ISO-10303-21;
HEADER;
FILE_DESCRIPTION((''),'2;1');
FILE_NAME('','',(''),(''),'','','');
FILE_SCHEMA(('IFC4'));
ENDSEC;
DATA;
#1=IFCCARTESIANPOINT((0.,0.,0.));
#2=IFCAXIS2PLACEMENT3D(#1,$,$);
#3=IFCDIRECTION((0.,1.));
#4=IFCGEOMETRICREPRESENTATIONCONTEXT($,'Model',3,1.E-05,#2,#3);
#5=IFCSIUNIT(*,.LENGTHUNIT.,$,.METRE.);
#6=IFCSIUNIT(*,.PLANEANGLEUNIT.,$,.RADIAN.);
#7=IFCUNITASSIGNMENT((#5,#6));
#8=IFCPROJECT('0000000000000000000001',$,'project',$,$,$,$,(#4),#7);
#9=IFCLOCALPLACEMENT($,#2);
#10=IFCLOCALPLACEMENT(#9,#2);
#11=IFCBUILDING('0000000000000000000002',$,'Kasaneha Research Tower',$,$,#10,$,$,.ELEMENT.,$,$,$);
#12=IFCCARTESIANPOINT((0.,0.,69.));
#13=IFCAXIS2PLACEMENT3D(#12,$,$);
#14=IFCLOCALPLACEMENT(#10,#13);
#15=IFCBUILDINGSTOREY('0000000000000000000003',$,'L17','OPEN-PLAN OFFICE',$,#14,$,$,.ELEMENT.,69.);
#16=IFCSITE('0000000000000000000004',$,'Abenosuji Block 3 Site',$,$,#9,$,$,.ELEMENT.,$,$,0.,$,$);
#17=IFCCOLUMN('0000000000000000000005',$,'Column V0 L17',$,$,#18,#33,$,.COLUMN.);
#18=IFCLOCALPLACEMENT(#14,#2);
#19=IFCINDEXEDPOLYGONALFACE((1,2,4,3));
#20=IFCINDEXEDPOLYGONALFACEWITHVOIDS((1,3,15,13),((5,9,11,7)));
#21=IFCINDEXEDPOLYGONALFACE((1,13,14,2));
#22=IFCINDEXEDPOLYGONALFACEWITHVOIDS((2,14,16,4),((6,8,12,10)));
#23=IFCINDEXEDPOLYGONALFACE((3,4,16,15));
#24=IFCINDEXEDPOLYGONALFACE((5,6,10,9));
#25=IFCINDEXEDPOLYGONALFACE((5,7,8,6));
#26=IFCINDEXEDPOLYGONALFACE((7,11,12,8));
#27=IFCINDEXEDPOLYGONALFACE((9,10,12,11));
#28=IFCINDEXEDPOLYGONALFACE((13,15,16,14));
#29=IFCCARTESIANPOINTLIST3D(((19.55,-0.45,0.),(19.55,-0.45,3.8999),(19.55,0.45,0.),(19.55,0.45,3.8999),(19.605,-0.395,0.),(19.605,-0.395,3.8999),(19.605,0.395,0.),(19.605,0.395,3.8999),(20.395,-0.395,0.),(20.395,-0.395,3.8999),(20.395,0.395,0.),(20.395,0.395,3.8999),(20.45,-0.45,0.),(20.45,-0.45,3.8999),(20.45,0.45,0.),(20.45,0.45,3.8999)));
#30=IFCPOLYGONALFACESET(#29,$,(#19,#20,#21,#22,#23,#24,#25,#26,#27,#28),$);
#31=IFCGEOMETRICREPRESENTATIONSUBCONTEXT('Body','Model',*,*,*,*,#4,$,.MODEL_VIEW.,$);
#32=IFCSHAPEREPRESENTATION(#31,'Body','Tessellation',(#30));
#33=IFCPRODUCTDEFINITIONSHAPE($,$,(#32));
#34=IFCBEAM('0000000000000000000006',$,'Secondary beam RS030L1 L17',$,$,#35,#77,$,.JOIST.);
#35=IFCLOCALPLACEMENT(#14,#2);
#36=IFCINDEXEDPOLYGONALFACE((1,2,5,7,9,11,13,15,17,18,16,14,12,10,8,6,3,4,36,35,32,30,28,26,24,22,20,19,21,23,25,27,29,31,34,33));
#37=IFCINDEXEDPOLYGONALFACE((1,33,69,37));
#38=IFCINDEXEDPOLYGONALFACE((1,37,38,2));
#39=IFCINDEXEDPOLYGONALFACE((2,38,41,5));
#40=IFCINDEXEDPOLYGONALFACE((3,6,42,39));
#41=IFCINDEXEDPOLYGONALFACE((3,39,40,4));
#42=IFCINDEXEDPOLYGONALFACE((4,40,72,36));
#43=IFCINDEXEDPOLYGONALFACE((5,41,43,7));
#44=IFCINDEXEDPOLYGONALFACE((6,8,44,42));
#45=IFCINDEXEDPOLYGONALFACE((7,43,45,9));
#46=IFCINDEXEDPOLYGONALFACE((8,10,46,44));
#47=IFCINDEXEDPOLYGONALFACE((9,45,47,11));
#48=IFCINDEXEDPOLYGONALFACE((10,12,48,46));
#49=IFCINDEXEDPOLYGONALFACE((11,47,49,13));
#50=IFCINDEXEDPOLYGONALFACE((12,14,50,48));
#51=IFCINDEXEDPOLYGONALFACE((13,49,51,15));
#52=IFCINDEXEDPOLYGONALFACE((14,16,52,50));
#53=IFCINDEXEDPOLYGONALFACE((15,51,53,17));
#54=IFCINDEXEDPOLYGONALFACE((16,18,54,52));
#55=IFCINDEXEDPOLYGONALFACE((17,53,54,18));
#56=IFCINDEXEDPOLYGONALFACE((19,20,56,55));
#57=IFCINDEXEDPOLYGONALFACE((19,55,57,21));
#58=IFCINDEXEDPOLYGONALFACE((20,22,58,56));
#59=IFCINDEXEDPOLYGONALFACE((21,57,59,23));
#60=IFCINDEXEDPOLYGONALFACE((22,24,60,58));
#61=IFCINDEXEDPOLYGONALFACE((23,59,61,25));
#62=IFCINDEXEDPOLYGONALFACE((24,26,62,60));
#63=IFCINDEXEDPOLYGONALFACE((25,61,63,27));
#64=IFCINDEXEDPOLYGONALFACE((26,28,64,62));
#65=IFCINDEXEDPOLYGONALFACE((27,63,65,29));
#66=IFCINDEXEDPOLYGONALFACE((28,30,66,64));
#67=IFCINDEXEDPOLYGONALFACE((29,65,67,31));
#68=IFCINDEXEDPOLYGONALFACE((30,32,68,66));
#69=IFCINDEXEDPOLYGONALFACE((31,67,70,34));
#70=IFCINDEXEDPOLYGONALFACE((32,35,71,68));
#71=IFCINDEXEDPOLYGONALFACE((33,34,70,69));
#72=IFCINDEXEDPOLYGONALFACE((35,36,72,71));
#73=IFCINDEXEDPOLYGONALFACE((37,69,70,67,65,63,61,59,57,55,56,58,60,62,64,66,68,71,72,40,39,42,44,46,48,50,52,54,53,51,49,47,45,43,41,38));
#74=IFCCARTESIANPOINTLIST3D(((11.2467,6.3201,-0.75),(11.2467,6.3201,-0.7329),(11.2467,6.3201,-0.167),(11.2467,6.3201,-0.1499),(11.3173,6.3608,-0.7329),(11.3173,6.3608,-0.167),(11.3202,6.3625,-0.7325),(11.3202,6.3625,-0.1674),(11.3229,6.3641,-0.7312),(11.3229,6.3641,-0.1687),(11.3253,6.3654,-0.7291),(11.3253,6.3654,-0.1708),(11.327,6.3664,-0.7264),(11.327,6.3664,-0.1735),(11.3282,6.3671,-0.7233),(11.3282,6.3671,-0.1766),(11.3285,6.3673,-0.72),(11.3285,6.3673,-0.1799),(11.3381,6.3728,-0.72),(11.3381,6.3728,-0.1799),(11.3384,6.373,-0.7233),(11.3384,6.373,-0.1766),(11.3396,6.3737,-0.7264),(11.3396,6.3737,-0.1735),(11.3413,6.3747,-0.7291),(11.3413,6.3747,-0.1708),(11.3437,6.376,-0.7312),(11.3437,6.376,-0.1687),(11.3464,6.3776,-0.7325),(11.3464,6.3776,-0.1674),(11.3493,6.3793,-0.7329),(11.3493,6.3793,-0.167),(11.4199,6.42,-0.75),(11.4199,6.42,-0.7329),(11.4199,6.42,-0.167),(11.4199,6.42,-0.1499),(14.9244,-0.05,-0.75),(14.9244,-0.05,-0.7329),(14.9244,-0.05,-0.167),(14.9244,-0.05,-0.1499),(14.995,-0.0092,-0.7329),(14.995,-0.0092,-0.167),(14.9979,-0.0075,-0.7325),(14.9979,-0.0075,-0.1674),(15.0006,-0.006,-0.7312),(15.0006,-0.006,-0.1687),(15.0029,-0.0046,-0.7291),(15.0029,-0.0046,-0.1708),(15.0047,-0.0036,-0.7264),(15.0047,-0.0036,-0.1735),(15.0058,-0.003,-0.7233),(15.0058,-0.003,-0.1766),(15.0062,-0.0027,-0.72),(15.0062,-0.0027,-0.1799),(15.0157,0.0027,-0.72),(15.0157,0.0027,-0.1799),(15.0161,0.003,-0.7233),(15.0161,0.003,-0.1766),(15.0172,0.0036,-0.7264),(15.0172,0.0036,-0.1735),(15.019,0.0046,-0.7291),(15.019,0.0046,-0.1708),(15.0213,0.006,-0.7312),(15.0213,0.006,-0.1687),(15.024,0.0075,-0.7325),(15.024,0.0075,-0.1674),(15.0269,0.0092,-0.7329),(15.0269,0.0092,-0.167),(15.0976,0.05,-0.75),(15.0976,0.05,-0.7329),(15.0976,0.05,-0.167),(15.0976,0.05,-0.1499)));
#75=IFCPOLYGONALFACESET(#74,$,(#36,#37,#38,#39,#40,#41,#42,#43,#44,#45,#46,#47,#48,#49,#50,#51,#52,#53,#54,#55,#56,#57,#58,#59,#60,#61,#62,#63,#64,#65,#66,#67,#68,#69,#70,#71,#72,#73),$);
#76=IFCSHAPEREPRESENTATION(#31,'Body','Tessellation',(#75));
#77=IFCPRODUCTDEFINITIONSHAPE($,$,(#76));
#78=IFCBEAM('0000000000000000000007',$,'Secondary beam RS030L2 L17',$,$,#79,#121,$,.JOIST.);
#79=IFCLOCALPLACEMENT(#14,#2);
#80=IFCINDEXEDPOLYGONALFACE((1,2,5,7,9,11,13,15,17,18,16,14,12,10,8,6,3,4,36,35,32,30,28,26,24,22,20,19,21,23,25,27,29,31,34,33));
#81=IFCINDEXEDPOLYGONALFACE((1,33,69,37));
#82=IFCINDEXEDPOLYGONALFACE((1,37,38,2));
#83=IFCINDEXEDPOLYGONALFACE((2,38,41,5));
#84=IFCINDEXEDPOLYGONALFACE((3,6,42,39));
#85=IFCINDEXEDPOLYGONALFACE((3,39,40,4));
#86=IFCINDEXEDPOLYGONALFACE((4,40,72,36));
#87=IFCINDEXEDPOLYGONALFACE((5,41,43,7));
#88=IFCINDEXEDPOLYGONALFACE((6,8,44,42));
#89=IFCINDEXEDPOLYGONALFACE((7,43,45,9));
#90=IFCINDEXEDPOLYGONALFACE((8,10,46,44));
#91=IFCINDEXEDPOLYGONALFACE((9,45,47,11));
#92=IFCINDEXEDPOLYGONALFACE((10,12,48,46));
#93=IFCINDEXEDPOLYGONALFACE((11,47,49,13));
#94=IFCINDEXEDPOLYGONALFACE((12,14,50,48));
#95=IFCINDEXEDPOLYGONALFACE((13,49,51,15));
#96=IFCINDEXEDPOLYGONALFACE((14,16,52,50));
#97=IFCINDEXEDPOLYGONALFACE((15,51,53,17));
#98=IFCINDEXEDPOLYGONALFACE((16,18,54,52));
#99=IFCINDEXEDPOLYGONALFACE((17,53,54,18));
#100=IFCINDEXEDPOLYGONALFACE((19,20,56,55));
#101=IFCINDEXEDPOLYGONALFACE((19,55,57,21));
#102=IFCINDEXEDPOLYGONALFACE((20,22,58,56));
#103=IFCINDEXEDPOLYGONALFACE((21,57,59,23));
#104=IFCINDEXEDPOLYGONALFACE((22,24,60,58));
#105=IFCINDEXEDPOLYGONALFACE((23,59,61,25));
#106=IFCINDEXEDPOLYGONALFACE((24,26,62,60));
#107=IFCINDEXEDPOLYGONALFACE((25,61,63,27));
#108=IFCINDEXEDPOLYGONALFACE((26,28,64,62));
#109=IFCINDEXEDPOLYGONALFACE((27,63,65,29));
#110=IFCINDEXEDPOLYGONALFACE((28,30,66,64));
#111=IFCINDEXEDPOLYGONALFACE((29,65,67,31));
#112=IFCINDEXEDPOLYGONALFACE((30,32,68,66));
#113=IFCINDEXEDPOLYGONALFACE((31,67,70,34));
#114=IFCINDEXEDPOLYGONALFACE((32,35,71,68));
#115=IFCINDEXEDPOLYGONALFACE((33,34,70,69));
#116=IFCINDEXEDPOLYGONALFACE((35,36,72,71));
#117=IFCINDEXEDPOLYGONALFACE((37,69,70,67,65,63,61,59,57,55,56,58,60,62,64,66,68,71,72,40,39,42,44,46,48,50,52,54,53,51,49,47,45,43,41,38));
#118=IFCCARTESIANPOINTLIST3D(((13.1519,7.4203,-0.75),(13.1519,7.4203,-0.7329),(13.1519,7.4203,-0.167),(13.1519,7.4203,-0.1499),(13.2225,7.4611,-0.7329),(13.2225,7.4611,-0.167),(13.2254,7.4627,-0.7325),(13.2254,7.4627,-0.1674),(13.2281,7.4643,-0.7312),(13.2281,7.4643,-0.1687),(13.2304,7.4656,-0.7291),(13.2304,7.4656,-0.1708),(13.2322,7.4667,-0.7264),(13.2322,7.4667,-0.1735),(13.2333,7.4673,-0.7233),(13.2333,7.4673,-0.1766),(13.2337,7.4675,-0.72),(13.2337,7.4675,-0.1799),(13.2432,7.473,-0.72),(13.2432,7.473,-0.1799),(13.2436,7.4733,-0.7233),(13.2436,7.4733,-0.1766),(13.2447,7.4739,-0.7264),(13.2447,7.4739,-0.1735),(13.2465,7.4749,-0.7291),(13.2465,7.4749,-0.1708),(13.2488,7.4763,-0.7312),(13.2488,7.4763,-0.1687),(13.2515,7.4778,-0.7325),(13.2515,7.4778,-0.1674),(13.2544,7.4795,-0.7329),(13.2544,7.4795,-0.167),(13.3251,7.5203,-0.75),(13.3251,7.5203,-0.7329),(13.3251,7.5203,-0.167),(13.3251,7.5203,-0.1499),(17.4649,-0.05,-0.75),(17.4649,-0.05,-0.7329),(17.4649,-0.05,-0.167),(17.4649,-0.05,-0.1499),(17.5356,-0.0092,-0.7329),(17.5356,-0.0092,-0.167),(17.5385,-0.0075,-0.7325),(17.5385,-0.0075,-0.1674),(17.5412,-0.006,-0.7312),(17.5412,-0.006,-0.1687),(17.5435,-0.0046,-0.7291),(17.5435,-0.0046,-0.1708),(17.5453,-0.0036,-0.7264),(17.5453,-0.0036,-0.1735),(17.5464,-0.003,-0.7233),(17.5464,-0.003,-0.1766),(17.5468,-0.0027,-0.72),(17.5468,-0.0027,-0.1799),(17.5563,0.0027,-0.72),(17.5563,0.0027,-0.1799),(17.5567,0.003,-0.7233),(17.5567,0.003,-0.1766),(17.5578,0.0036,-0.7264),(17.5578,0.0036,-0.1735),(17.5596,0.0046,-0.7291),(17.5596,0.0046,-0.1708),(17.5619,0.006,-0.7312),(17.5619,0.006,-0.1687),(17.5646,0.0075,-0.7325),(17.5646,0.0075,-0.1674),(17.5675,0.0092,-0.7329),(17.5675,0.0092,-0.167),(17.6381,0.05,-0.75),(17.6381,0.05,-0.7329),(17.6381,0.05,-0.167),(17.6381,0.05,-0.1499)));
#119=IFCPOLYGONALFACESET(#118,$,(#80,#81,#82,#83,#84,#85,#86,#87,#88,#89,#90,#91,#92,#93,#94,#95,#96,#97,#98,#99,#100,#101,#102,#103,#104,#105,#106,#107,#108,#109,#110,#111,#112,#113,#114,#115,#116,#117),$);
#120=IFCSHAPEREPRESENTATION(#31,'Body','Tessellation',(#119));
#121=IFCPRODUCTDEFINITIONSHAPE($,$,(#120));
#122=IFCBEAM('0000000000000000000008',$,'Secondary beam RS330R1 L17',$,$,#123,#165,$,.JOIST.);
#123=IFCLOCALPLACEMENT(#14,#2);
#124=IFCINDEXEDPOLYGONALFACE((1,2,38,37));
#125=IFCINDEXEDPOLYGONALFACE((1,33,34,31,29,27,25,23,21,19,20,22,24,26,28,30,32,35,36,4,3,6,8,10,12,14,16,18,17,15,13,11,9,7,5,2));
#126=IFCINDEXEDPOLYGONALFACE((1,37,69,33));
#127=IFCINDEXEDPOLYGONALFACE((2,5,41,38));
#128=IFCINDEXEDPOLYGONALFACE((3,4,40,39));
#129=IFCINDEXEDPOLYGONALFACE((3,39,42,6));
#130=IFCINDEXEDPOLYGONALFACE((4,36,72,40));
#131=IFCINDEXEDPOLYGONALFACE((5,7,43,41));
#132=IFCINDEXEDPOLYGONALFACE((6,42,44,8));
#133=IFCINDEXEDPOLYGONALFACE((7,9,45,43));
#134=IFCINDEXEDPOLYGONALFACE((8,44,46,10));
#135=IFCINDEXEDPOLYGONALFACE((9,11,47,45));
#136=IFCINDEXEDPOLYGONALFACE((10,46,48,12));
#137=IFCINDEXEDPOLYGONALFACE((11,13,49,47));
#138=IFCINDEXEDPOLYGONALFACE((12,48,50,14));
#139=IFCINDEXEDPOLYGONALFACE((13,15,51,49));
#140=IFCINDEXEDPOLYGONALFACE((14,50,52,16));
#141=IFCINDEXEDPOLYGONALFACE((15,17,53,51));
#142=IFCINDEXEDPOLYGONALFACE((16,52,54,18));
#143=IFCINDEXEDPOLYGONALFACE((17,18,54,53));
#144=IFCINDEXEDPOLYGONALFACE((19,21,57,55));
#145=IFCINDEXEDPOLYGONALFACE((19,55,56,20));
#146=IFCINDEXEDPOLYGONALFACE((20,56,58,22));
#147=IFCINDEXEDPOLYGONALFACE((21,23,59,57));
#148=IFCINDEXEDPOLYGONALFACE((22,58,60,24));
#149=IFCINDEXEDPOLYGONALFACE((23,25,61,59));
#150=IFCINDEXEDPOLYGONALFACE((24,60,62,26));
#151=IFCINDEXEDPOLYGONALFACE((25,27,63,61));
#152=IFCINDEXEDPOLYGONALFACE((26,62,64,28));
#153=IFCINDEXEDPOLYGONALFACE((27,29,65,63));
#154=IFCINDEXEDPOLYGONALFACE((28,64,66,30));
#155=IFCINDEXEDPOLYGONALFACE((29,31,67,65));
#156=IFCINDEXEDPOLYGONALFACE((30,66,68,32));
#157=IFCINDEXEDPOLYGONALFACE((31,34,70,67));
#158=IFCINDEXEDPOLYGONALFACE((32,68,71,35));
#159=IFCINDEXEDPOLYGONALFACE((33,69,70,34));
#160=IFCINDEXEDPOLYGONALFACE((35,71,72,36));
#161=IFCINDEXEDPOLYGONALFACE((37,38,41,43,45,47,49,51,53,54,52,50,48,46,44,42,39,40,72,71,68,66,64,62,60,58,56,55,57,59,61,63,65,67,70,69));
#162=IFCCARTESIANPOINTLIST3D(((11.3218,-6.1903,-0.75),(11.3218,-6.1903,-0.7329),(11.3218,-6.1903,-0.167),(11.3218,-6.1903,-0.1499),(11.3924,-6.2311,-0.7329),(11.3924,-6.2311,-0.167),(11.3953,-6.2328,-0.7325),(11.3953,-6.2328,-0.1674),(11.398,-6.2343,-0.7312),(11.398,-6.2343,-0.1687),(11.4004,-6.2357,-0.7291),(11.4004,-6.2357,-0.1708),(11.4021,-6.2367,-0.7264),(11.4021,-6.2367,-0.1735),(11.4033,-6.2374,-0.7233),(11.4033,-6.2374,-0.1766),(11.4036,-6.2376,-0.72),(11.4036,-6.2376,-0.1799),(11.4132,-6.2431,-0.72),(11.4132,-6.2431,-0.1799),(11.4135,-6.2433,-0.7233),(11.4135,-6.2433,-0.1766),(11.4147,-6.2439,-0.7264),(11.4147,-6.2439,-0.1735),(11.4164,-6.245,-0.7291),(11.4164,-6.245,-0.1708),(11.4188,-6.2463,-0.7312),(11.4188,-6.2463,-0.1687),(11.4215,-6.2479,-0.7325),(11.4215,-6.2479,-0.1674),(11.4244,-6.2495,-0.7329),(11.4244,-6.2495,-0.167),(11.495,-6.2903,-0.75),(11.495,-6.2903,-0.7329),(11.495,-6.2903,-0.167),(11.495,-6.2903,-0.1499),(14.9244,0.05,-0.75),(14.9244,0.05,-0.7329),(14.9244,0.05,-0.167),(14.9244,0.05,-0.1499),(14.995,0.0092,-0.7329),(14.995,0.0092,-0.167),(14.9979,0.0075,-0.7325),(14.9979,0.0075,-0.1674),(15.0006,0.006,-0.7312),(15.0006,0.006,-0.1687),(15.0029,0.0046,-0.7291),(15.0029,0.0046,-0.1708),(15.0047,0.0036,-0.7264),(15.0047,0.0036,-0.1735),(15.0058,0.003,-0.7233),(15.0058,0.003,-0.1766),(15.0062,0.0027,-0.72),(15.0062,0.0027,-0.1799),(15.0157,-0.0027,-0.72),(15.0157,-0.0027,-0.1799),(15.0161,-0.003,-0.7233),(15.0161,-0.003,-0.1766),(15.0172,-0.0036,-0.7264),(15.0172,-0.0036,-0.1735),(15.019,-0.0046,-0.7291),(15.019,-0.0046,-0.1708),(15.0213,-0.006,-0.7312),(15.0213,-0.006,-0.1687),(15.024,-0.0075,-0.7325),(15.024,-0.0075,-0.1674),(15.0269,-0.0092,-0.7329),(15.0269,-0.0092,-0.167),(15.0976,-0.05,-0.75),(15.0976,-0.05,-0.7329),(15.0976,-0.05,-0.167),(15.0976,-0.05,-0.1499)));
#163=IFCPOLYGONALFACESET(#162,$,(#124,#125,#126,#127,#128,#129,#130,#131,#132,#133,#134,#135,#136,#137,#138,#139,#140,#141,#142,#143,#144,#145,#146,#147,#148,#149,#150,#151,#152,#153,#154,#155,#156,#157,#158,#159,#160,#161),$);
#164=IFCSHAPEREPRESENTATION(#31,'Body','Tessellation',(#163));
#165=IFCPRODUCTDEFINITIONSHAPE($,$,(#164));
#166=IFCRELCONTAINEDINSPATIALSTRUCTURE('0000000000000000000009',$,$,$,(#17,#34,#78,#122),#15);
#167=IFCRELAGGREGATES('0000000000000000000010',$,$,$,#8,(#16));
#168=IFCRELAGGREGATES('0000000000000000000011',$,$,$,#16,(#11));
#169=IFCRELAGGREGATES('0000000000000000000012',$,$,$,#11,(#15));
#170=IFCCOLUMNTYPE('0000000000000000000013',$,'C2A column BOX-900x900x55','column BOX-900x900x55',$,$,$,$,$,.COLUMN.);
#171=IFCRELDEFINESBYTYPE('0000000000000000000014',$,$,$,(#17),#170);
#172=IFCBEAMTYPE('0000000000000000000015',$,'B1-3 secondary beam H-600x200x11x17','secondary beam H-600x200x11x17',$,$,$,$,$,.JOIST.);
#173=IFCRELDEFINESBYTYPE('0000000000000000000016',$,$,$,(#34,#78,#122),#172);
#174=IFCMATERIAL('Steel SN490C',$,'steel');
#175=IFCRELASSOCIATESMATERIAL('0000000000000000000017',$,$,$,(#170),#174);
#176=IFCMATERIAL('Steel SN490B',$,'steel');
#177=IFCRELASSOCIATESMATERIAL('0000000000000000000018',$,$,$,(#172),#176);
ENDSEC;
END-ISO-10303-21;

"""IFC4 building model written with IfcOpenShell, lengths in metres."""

from ifc_helpers import new_model, si_unit, direction, frame, origin, origin_2d, place, context, subcontext, project, spatial, hollow_rectangle, i_section, extrude, material, material_profile, profile_set, type_object, element, save


model = new_model("IFC4")

# Units and contexts
model_context = context("Model", 3, precision=1e-05, world=origin(), true_north=direction((0.0, 1.0)))
body_context = subcontext(model_context, "Body", "Model", "MODEL_VIEW")
ifc_project = project(units=[si_unit("LENGTHUNIT", "METRE"), si_unit("PLANEANGLEUNIT", "RADIAN")], contexts=[model_context])

# Site, building, storey
site_placement = place(None, origin())
site = spatial("IfcSite", under=ifc_project, at=site_placement, Name="Abenosuji Block 3 Site", CompositionType="ELEMENT", RefElevation=0.0)
building_placement = place(site_placement, origin())
building = spatial("IfcBuilding", under=site, at=building_placement, Name="Kasaneha Research Tower", CompositionType="ELEMENT")
storey_placement = place(building_placement, frame((0.0, 0.0, 69.0)))
storey = spatial("IfcBuildingStorey", under=building, at=storey_placement, Name="L17", Description="OPEN-PLAN OFFICE", CompositionType="ELEMENT", Elevation=69.0)

# Column
ifc_material_1 = material(Name="Steel SN490C", Category="steel")
ifc_material_profile_1 = material_profile(ifc_material_1, hollow_rectangle(XDim=0.8999, YDim=0.8999, WallThickness=0.0549, at=origin_2d()), Name="BOX-900x900x55")
ifc_profile_set_1 = profile_set([ifc_material_profile_1], Name="Steel SN490C")
column_type = type_object("IfcColumnType", Name="C2A column BOX-900x900x55", Description="column BOX-900x900x55", PredefinedType="COLUMN", material=ifc_profile_set_1)
column_placement = place(storey_placement, frame((20.0, 0.0, 0.0), z_axis=(0.0, 0.0, 1.0), x_axis=(1.0, 0.0, 0.0)))
element("IfcColumn", 1, at=column_placement, inside=storey, type_object=column_type, Name="Column V0 L17", PredefinedType="COLUMN", context=body_context, shape_type="SweptSolid", body=[
    extrude(hollow_rectangle(XDim=0.8999, YDim=0.8999, WallThickness=0.0549, at=origin_2d()), origin(), (0.0, 0.0, 1.0), 3.8999),
])

# Beams
ifc_material_2 = material(Name="Steel SN490B", Category="steel")
ifc_material_profile_2 = material_profile(ifc_material_2, i_section(OverallWidth=0.2, OverallDepth=0.6001, WebThickness=0.011, FlangeThickness=0.0171, FilletRadius=0.0129, at=origin_2d()), Name="H-600x200x11x17")
ifc_profile_set_2 = profile_set([ifc_material_profile_2], Name="Steel SN490B")
beam_type_1 = type_object("IfcBeamType", Name="B1-3 secondary beam H-600x200x11x17", Description="secondary beam H-600x200x11x17", PredefinedType="JOIST", material=ifc_profile_set_2)
beam_1_placement = place(storey_placement, frame((15.011, 0.0, -0.45), z_axis=(-0.499994, 0.866029, 0.0), x_axis=(-0.866029, -0.499994, 0.0)))
element("IfcBeam", 2, at=beam_1_placement, inside=storey, type_object=beam_type_1, Name="Secondary beam RS030L1 L17", PredefinedType="JOIST", context=body_context, shape_type="SweptSolid", body=[
    extrude(i_section(OverallWidth=0.2, OverallDepth=0.6001, WebThickness=0.011, FlangeThickness=0.0171, FilletRadius=0.0129, at=origin_2d()), origin(), (0.0, 0.0, 1.0), 7.3555),
])
beam_2_placement = place(storey_placement, frame((17.5515, 0.0, -0.45), z_axis=(-0.500005, 0.866023, 0.0), x_axis=(-0.866023, -0.500005, 0.0)))
element("IfcBeam", 3, at=beam_2_placement, inside=storey, type_object=beam_type_1, Name="Secondary beam RS030L2 L17", PredefinedType="JOIST", context=body_context, shape_type="SweptSolid", body=[
    extrude(i_section(OverallWidth=0.2, OverallDepth=0.6001, WebThickness=0.011, FlangeThickness=0.0171, FilletRadius=0.0129, at=origin_2d()), origin(), (0.0, 0.0, 1.0), 8.626),
])
beam_3_placement = place(storey_placement, frame((15.011, 0.0, -0.45), z_axis=(-0.499973, -0.866041, 0.0), x_axis=(0.866041, -0.499973, 0.0)))
element("IfcBeam", 4, at=beam_3_placement, inside=storey, type_object=beam_type_1, Name="Secondary beam RS330R1 L17", PredefinedType="JOIST", context=body_context, shape_type="SweptSolid", body=[
    extrude(i_section(OverallWidth=0.2, OverallDepth=0.6001, WebThickness=0.011, FlangeThickness=0.0171, FilletRadius=0.0129, at=origin_2d()), origin(), (0.0, 0.0, 1.0), 7.2056),
])

save(model, "model.ifc")
